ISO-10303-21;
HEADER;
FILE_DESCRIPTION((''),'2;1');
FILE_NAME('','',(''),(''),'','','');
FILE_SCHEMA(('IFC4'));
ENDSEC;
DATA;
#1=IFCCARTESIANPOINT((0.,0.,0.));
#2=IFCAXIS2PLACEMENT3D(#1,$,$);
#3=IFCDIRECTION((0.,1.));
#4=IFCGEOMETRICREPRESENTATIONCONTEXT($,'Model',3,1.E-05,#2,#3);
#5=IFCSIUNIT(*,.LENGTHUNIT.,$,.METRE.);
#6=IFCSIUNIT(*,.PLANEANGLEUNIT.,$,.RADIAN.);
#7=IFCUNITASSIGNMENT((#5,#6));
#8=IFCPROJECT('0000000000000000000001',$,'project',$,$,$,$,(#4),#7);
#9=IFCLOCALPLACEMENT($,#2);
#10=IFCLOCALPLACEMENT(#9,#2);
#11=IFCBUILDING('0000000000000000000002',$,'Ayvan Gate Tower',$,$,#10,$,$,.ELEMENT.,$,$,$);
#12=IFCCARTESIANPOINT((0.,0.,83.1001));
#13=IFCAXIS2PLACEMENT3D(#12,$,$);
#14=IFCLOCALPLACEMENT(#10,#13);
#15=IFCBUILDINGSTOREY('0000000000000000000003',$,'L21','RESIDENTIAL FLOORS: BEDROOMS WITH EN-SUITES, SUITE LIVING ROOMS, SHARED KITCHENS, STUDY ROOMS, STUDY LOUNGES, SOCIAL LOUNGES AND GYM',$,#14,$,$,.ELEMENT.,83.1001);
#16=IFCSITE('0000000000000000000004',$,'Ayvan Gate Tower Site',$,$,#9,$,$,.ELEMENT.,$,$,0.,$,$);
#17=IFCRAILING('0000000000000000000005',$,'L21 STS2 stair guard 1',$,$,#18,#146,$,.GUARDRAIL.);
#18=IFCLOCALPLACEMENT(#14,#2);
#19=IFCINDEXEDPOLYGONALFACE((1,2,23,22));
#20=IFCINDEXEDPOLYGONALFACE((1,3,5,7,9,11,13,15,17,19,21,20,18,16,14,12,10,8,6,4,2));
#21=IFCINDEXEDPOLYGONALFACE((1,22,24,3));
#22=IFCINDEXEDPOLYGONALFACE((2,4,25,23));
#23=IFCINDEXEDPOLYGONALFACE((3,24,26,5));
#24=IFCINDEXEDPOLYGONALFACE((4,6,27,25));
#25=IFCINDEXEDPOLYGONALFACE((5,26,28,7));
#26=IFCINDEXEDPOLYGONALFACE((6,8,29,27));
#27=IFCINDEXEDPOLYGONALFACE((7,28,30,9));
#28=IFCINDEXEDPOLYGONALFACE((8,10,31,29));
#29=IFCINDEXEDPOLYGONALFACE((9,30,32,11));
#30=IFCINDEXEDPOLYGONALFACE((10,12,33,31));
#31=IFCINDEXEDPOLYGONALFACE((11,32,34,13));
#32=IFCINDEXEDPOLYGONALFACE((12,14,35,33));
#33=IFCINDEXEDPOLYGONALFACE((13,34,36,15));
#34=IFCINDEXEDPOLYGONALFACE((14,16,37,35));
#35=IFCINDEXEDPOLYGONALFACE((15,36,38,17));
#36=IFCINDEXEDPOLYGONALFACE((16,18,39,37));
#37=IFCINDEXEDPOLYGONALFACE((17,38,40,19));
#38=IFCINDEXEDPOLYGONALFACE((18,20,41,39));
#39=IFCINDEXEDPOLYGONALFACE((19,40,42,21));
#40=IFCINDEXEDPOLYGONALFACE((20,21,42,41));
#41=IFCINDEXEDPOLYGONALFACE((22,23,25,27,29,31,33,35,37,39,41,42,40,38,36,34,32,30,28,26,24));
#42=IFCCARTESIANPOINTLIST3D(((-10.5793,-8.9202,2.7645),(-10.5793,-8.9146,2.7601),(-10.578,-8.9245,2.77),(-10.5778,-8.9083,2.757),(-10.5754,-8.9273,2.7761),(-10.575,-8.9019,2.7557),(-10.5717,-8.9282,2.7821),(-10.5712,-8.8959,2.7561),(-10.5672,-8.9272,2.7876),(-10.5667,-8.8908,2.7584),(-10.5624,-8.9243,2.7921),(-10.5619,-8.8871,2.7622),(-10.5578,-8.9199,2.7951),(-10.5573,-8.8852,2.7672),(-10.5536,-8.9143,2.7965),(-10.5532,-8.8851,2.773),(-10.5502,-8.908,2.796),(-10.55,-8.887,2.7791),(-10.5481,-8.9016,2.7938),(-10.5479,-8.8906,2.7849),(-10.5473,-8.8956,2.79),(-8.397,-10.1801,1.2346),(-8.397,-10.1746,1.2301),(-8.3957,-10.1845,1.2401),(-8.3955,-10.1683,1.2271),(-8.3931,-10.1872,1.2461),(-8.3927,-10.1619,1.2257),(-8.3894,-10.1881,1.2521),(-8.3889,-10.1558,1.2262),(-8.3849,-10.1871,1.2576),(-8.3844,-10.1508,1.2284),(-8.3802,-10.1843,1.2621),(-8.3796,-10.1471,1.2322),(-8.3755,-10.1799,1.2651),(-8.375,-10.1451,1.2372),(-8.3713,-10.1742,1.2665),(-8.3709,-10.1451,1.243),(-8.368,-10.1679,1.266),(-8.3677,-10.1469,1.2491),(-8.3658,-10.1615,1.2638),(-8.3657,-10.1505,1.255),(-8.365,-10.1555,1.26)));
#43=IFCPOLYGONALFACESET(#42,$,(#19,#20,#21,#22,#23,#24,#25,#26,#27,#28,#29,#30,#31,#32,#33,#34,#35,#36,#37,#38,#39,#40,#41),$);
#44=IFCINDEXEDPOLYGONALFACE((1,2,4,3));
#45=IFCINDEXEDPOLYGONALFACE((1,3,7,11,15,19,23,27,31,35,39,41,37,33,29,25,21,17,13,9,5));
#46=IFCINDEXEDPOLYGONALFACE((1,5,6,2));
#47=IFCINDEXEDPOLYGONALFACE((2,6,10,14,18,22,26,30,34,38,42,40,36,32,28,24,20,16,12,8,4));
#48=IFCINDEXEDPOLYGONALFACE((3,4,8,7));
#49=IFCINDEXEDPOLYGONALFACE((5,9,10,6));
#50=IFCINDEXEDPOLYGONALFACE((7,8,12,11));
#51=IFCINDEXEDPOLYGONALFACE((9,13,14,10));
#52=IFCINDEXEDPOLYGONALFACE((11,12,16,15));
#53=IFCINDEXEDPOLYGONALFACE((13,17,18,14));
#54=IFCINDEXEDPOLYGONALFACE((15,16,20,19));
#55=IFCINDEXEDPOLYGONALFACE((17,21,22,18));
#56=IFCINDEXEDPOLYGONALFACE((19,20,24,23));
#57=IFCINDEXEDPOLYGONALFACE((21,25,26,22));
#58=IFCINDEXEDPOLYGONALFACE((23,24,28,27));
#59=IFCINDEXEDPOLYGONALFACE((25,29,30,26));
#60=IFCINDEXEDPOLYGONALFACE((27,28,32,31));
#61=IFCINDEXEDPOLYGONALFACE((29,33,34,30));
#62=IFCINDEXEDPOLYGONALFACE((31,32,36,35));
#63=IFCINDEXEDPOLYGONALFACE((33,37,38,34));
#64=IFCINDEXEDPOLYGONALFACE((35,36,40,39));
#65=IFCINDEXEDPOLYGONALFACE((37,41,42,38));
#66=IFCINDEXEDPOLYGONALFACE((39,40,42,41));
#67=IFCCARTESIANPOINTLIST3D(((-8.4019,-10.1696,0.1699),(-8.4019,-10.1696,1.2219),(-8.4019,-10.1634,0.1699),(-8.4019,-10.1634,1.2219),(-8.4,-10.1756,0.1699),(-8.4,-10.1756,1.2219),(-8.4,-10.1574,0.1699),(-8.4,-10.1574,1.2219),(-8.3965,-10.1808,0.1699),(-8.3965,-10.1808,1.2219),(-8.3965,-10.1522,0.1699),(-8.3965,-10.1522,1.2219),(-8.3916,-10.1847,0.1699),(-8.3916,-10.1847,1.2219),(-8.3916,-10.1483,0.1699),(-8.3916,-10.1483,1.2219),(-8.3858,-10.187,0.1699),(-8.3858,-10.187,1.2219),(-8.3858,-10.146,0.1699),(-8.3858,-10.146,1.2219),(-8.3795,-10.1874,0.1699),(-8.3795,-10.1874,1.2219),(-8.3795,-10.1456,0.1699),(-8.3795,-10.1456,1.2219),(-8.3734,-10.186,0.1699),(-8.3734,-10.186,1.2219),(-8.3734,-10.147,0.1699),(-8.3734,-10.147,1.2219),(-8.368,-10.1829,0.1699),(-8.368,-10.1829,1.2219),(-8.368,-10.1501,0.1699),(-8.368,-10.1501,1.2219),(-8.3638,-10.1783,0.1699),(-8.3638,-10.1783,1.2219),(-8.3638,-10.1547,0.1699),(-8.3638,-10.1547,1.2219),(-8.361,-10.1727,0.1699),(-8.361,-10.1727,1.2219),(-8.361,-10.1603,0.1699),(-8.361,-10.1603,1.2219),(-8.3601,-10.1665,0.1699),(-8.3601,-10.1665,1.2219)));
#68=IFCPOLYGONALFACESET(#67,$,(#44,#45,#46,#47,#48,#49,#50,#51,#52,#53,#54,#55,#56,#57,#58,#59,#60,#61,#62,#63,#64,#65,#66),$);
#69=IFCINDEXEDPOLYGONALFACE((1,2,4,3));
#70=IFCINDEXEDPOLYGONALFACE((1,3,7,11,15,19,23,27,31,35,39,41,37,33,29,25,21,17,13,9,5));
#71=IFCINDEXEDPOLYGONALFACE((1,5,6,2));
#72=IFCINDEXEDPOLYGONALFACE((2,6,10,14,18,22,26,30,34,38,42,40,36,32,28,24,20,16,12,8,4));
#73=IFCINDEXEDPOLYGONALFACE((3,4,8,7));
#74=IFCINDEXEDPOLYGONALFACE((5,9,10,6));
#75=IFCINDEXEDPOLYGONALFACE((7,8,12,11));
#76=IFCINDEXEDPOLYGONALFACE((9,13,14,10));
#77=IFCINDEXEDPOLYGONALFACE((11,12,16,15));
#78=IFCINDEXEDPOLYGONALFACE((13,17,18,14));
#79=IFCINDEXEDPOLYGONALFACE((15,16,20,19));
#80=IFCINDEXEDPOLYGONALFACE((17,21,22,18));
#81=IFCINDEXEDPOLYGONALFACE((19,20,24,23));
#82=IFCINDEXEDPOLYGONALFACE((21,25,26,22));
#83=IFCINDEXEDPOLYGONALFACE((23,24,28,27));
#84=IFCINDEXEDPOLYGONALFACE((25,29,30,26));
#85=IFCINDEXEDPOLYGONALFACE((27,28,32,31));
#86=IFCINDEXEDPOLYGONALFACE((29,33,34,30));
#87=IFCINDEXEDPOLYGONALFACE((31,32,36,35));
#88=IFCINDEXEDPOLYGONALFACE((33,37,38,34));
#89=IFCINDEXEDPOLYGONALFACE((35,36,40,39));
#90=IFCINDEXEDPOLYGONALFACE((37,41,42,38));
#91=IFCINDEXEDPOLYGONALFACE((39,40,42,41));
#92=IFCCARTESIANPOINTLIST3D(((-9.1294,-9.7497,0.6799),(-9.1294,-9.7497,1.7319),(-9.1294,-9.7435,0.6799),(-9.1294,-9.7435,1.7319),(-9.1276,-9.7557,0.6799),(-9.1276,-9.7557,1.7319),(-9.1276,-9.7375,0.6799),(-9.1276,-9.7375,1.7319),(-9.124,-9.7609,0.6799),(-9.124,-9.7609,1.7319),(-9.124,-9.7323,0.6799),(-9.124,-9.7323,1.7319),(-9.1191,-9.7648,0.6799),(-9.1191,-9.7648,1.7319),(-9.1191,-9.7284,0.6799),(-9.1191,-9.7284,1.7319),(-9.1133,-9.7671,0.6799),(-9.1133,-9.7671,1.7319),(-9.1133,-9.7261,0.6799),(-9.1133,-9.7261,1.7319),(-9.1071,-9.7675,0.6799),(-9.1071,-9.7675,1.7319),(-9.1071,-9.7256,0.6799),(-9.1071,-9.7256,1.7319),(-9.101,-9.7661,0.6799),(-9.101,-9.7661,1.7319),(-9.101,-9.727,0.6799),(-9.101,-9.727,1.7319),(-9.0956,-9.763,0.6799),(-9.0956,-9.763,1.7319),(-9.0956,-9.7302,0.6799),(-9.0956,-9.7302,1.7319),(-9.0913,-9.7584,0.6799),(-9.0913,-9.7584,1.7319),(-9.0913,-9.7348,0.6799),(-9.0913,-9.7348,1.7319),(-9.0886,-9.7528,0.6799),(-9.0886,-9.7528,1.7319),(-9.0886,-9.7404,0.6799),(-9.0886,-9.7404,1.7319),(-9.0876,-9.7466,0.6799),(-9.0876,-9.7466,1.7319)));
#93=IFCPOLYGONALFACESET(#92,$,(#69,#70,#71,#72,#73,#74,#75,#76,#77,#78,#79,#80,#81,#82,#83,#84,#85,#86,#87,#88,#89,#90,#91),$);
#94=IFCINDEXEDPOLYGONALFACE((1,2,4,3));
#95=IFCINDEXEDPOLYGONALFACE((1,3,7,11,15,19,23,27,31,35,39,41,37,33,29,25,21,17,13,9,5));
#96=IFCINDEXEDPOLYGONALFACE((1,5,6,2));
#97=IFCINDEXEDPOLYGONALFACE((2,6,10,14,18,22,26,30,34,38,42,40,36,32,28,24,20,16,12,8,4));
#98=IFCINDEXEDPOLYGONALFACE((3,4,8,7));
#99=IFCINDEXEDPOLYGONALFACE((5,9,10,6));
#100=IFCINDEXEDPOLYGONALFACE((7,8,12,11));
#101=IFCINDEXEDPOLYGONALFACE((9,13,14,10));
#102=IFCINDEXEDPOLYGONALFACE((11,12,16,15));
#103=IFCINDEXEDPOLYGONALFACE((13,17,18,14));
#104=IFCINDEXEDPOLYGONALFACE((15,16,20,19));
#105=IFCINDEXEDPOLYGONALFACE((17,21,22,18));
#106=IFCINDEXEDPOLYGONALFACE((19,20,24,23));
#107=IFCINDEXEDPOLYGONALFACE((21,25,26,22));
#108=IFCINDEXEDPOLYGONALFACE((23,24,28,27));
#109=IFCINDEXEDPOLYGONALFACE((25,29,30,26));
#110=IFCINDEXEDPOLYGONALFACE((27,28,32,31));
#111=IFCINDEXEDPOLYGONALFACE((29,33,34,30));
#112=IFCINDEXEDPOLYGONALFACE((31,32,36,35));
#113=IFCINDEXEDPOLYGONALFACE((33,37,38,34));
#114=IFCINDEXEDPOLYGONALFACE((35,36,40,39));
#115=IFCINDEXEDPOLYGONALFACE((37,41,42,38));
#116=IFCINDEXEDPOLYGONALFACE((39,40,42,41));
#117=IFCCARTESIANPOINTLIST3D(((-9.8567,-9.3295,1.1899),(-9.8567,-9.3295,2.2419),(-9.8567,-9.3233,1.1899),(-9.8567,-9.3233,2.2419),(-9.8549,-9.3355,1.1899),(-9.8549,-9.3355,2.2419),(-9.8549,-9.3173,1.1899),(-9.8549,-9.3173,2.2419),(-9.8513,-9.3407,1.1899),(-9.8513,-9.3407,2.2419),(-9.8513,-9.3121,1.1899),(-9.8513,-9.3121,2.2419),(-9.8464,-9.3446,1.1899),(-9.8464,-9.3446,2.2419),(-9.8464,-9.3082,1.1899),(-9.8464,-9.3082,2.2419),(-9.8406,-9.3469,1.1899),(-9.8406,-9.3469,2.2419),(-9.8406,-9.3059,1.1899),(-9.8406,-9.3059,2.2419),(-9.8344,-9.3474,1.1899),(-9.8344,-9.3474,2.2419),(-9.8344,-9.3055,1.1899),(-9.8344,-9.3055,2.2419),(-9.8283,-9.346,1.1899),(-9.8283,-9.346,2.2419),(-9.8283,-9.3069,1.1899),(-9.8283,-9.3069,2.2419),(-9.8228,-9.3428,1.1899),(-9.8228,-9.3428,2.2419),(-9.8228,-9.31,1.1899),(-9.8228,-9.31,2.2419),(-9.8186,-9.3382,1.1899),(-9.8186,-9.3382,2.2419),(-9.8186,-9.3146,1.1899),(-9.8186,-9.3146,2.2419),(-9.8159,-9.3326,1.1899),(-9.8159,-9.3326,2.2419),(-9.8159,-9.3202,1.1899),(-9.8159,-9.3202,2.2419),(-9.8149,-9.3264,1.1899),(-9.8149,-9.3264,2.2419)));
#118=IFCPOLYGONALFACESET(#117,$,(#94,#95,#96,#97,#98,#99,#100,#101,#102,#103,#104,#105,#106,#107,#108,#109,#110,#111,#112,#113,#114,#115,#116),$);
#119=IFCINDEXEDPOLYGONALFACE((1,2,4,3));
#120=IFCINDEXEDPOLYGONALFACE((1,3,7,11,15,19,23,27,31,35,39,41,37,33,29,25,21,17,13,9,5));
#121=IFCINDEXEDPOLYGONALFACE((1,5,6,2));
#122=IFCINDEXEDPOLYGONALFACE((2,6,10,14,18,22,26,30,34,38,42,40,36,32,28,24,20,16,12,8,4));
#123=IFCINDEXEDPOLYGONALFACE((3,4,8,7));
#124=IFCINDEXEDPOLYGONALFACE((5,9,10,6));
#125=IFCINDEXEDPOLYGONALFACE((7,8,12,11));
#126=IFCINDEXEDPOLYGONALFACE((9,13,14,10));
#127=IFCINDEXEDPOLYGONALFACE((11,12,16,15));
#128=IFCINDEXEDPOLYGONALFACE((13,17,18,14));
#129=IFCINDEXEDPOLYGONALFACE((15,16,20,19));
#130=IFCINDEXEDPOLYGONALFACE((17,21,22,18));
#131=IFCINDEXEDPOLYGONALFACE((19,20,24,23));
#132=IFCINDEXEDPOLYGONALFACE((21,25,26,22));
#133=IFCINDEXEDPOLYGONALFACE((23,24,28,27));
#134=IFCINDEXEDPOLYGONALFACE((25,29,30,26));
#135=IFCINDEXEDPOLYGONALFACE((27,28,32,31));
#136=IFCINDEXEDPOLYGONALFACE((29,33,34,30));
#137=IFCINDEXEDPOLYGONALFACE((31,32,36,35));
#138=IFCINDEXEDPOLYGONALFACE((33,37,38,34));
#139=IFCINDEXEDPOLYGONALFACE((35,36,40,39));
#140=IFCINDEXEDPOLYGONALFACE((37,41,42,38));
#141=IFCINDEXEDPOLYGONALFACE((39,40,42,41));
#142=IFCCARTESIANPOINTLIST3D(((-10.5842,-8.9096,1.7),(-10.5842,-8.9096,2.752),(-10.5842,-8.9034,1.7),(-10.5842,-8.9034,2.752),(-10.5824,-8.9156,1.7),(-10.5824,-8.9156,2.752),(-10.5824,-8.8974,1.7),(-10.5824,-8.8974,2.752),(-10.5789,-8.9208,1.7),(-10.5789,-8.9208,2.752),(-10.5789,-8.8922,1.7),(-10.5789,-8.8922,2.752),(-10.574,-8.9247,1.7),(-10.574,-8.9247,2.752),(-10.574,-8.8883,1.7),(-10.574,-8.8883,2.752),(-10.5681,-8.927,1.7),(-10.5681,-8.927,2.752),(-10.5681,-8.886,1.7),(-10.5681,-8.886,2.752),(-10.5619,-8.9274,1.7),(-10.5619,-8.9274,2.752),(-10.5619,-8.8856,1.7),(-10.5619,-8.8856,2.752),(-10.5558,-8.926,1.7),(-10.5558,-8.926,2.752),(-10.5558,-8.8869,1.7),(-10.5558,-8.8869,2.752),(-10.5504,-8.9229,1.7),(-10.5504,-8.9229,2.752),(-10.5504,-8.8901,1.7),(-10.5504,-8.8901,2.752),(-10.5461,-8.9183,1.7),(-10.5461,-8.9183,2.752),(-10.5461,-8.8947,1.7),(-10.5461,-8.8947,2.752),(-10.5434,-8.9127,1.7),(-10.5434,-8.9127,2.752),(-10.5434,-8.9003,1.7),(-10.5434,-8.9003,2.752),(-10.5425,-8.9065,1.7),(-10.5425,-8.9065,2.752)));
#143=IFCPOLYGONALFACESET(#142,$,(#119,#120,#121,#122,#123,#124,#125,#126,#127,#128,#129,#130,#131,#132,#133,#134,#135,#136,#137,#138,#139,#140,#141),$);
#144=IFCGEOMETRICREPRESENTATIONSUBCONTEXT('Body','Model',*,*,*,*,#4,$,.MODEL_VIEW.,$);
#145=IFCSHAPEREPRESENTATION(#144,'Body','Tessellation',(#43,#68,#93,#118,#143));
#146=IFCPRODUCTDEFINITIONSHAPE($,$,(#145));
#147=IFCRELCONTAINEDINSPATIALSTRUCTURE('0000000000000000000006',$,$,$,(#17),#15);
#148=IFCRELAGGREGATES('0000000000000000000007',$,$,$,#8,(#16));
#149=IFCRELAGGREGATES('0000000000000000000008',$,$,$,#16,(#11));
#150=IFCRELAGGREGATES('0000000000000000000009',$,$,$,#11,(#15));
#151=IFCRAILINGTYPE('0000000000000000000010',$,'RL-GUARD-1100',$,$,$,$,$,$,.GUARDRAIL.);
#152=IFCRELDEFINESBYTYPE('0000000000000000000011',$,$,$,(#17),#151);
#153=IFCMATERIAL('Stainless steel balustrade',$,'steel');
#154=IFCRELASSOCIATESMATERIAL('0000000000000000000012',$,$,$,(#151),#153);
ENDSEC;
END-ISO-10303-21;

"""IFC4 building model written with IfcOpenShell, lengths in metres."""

from ifc_helpers import new_model, si_unit, direction, frame, origin, origin_2d, place, context, subcontext, project, spatial, circle, extrude, material, type_object, element, save


model = new_model("IFC4")

# Units and contexts
model_context = context("Model", 3, precision=1e-05, world=origin(), true_north=direction((0.0, 1.0)))
body_context = subcontext(model_context, "Body", "Model", "MODEL_VIEW")
ifc_project = project(units=[si_unit("LENGTHUNIT", "METRE"), si_unit("PLANEANGLEUNIT", "RADIAN")], contexts=[model_context])

# Site, building, storey
site_placement = place(None, origin())
site = spatial("IfcSite", under=ifc_project, at=site_placement, Name="Ayvan Gate Tower Site", CompositionType="ELEMENT", RefElevation=0.0)
building_placement = place(site_placement, origin())
building = spatial("IfcBuilding", under=site, at=building_placement, Name="Ayvan Gate Tower", CompositionType="ELEMENT")
storey_placement = place(building_placement, frame((0.0, 0.0, 83.1001)))
storey = spatial("IfcBuildingStorey", under=building, at=storey_placement, Name="L21", Description="RESIDENTIAL FLOORS: BEDROOMS WITH EN-SUITES, SUITE LIVING ROOMS, SHARED KITCHENS, STUDY ROOMS, STUDY LOUNGES, SOCIAL LOUNGES AND GYM", CompositionType="ELEMENT", Elevation=83.1001)

# Railing
ifc_material_1 = material(Name="Stainless steel balustrade", Category="steel")
railing_type_1 = type_object("IfcRailingType", Name="RL-GUARD-1100", PredefinedType="GUARDRAIL", material=ifc_material_1)
railing_1_placement = place(storey_placement, frame((-8.3811, -10.1665, 0.1699)))
element("IfcRailing", 1, at=railing_1_placement, inside=storey, type_object=railing_type_1, Name="L21 STS2 stair guard 1", PredefinedType="GUARDRAIL", context=body_context, shape_type="SweptSolid", body=[
    extrude(circle(Radius=0.0239, at=origin_2d()), frame((0.0, 0.0, 1.0762), z_axis=(-0.740261, 0.427395, 0.518986), x_axis=(-0.500005, -0.866023, 0.0)), (0.0, 0.0, 1.0), 2.948),
    extrude(circle(Radius=0.021, at=origin_2d()), origin(), (0.0, 0.0, 1.0), 1.052),
    extrude(circle(Radius=0.021, at=origin_2d()), frame((-0.7275, 0.4199, 0.51)), (0.0, 0.0, 1.0), 1.052),
    extrude(circle(Radius=0.021, at=origin_2d()), frame((-1.4548, 0.8401, 1.02)), (0.0, 0.0, 1.0), 1.052),
    extrude(circle(Radius=0.021, at=origin_2d()), frame((-2.1824, 1.26, 1.53)), (0.0, 0.0, 1.0), 1.052),
])

save(model, "model.ifc")
